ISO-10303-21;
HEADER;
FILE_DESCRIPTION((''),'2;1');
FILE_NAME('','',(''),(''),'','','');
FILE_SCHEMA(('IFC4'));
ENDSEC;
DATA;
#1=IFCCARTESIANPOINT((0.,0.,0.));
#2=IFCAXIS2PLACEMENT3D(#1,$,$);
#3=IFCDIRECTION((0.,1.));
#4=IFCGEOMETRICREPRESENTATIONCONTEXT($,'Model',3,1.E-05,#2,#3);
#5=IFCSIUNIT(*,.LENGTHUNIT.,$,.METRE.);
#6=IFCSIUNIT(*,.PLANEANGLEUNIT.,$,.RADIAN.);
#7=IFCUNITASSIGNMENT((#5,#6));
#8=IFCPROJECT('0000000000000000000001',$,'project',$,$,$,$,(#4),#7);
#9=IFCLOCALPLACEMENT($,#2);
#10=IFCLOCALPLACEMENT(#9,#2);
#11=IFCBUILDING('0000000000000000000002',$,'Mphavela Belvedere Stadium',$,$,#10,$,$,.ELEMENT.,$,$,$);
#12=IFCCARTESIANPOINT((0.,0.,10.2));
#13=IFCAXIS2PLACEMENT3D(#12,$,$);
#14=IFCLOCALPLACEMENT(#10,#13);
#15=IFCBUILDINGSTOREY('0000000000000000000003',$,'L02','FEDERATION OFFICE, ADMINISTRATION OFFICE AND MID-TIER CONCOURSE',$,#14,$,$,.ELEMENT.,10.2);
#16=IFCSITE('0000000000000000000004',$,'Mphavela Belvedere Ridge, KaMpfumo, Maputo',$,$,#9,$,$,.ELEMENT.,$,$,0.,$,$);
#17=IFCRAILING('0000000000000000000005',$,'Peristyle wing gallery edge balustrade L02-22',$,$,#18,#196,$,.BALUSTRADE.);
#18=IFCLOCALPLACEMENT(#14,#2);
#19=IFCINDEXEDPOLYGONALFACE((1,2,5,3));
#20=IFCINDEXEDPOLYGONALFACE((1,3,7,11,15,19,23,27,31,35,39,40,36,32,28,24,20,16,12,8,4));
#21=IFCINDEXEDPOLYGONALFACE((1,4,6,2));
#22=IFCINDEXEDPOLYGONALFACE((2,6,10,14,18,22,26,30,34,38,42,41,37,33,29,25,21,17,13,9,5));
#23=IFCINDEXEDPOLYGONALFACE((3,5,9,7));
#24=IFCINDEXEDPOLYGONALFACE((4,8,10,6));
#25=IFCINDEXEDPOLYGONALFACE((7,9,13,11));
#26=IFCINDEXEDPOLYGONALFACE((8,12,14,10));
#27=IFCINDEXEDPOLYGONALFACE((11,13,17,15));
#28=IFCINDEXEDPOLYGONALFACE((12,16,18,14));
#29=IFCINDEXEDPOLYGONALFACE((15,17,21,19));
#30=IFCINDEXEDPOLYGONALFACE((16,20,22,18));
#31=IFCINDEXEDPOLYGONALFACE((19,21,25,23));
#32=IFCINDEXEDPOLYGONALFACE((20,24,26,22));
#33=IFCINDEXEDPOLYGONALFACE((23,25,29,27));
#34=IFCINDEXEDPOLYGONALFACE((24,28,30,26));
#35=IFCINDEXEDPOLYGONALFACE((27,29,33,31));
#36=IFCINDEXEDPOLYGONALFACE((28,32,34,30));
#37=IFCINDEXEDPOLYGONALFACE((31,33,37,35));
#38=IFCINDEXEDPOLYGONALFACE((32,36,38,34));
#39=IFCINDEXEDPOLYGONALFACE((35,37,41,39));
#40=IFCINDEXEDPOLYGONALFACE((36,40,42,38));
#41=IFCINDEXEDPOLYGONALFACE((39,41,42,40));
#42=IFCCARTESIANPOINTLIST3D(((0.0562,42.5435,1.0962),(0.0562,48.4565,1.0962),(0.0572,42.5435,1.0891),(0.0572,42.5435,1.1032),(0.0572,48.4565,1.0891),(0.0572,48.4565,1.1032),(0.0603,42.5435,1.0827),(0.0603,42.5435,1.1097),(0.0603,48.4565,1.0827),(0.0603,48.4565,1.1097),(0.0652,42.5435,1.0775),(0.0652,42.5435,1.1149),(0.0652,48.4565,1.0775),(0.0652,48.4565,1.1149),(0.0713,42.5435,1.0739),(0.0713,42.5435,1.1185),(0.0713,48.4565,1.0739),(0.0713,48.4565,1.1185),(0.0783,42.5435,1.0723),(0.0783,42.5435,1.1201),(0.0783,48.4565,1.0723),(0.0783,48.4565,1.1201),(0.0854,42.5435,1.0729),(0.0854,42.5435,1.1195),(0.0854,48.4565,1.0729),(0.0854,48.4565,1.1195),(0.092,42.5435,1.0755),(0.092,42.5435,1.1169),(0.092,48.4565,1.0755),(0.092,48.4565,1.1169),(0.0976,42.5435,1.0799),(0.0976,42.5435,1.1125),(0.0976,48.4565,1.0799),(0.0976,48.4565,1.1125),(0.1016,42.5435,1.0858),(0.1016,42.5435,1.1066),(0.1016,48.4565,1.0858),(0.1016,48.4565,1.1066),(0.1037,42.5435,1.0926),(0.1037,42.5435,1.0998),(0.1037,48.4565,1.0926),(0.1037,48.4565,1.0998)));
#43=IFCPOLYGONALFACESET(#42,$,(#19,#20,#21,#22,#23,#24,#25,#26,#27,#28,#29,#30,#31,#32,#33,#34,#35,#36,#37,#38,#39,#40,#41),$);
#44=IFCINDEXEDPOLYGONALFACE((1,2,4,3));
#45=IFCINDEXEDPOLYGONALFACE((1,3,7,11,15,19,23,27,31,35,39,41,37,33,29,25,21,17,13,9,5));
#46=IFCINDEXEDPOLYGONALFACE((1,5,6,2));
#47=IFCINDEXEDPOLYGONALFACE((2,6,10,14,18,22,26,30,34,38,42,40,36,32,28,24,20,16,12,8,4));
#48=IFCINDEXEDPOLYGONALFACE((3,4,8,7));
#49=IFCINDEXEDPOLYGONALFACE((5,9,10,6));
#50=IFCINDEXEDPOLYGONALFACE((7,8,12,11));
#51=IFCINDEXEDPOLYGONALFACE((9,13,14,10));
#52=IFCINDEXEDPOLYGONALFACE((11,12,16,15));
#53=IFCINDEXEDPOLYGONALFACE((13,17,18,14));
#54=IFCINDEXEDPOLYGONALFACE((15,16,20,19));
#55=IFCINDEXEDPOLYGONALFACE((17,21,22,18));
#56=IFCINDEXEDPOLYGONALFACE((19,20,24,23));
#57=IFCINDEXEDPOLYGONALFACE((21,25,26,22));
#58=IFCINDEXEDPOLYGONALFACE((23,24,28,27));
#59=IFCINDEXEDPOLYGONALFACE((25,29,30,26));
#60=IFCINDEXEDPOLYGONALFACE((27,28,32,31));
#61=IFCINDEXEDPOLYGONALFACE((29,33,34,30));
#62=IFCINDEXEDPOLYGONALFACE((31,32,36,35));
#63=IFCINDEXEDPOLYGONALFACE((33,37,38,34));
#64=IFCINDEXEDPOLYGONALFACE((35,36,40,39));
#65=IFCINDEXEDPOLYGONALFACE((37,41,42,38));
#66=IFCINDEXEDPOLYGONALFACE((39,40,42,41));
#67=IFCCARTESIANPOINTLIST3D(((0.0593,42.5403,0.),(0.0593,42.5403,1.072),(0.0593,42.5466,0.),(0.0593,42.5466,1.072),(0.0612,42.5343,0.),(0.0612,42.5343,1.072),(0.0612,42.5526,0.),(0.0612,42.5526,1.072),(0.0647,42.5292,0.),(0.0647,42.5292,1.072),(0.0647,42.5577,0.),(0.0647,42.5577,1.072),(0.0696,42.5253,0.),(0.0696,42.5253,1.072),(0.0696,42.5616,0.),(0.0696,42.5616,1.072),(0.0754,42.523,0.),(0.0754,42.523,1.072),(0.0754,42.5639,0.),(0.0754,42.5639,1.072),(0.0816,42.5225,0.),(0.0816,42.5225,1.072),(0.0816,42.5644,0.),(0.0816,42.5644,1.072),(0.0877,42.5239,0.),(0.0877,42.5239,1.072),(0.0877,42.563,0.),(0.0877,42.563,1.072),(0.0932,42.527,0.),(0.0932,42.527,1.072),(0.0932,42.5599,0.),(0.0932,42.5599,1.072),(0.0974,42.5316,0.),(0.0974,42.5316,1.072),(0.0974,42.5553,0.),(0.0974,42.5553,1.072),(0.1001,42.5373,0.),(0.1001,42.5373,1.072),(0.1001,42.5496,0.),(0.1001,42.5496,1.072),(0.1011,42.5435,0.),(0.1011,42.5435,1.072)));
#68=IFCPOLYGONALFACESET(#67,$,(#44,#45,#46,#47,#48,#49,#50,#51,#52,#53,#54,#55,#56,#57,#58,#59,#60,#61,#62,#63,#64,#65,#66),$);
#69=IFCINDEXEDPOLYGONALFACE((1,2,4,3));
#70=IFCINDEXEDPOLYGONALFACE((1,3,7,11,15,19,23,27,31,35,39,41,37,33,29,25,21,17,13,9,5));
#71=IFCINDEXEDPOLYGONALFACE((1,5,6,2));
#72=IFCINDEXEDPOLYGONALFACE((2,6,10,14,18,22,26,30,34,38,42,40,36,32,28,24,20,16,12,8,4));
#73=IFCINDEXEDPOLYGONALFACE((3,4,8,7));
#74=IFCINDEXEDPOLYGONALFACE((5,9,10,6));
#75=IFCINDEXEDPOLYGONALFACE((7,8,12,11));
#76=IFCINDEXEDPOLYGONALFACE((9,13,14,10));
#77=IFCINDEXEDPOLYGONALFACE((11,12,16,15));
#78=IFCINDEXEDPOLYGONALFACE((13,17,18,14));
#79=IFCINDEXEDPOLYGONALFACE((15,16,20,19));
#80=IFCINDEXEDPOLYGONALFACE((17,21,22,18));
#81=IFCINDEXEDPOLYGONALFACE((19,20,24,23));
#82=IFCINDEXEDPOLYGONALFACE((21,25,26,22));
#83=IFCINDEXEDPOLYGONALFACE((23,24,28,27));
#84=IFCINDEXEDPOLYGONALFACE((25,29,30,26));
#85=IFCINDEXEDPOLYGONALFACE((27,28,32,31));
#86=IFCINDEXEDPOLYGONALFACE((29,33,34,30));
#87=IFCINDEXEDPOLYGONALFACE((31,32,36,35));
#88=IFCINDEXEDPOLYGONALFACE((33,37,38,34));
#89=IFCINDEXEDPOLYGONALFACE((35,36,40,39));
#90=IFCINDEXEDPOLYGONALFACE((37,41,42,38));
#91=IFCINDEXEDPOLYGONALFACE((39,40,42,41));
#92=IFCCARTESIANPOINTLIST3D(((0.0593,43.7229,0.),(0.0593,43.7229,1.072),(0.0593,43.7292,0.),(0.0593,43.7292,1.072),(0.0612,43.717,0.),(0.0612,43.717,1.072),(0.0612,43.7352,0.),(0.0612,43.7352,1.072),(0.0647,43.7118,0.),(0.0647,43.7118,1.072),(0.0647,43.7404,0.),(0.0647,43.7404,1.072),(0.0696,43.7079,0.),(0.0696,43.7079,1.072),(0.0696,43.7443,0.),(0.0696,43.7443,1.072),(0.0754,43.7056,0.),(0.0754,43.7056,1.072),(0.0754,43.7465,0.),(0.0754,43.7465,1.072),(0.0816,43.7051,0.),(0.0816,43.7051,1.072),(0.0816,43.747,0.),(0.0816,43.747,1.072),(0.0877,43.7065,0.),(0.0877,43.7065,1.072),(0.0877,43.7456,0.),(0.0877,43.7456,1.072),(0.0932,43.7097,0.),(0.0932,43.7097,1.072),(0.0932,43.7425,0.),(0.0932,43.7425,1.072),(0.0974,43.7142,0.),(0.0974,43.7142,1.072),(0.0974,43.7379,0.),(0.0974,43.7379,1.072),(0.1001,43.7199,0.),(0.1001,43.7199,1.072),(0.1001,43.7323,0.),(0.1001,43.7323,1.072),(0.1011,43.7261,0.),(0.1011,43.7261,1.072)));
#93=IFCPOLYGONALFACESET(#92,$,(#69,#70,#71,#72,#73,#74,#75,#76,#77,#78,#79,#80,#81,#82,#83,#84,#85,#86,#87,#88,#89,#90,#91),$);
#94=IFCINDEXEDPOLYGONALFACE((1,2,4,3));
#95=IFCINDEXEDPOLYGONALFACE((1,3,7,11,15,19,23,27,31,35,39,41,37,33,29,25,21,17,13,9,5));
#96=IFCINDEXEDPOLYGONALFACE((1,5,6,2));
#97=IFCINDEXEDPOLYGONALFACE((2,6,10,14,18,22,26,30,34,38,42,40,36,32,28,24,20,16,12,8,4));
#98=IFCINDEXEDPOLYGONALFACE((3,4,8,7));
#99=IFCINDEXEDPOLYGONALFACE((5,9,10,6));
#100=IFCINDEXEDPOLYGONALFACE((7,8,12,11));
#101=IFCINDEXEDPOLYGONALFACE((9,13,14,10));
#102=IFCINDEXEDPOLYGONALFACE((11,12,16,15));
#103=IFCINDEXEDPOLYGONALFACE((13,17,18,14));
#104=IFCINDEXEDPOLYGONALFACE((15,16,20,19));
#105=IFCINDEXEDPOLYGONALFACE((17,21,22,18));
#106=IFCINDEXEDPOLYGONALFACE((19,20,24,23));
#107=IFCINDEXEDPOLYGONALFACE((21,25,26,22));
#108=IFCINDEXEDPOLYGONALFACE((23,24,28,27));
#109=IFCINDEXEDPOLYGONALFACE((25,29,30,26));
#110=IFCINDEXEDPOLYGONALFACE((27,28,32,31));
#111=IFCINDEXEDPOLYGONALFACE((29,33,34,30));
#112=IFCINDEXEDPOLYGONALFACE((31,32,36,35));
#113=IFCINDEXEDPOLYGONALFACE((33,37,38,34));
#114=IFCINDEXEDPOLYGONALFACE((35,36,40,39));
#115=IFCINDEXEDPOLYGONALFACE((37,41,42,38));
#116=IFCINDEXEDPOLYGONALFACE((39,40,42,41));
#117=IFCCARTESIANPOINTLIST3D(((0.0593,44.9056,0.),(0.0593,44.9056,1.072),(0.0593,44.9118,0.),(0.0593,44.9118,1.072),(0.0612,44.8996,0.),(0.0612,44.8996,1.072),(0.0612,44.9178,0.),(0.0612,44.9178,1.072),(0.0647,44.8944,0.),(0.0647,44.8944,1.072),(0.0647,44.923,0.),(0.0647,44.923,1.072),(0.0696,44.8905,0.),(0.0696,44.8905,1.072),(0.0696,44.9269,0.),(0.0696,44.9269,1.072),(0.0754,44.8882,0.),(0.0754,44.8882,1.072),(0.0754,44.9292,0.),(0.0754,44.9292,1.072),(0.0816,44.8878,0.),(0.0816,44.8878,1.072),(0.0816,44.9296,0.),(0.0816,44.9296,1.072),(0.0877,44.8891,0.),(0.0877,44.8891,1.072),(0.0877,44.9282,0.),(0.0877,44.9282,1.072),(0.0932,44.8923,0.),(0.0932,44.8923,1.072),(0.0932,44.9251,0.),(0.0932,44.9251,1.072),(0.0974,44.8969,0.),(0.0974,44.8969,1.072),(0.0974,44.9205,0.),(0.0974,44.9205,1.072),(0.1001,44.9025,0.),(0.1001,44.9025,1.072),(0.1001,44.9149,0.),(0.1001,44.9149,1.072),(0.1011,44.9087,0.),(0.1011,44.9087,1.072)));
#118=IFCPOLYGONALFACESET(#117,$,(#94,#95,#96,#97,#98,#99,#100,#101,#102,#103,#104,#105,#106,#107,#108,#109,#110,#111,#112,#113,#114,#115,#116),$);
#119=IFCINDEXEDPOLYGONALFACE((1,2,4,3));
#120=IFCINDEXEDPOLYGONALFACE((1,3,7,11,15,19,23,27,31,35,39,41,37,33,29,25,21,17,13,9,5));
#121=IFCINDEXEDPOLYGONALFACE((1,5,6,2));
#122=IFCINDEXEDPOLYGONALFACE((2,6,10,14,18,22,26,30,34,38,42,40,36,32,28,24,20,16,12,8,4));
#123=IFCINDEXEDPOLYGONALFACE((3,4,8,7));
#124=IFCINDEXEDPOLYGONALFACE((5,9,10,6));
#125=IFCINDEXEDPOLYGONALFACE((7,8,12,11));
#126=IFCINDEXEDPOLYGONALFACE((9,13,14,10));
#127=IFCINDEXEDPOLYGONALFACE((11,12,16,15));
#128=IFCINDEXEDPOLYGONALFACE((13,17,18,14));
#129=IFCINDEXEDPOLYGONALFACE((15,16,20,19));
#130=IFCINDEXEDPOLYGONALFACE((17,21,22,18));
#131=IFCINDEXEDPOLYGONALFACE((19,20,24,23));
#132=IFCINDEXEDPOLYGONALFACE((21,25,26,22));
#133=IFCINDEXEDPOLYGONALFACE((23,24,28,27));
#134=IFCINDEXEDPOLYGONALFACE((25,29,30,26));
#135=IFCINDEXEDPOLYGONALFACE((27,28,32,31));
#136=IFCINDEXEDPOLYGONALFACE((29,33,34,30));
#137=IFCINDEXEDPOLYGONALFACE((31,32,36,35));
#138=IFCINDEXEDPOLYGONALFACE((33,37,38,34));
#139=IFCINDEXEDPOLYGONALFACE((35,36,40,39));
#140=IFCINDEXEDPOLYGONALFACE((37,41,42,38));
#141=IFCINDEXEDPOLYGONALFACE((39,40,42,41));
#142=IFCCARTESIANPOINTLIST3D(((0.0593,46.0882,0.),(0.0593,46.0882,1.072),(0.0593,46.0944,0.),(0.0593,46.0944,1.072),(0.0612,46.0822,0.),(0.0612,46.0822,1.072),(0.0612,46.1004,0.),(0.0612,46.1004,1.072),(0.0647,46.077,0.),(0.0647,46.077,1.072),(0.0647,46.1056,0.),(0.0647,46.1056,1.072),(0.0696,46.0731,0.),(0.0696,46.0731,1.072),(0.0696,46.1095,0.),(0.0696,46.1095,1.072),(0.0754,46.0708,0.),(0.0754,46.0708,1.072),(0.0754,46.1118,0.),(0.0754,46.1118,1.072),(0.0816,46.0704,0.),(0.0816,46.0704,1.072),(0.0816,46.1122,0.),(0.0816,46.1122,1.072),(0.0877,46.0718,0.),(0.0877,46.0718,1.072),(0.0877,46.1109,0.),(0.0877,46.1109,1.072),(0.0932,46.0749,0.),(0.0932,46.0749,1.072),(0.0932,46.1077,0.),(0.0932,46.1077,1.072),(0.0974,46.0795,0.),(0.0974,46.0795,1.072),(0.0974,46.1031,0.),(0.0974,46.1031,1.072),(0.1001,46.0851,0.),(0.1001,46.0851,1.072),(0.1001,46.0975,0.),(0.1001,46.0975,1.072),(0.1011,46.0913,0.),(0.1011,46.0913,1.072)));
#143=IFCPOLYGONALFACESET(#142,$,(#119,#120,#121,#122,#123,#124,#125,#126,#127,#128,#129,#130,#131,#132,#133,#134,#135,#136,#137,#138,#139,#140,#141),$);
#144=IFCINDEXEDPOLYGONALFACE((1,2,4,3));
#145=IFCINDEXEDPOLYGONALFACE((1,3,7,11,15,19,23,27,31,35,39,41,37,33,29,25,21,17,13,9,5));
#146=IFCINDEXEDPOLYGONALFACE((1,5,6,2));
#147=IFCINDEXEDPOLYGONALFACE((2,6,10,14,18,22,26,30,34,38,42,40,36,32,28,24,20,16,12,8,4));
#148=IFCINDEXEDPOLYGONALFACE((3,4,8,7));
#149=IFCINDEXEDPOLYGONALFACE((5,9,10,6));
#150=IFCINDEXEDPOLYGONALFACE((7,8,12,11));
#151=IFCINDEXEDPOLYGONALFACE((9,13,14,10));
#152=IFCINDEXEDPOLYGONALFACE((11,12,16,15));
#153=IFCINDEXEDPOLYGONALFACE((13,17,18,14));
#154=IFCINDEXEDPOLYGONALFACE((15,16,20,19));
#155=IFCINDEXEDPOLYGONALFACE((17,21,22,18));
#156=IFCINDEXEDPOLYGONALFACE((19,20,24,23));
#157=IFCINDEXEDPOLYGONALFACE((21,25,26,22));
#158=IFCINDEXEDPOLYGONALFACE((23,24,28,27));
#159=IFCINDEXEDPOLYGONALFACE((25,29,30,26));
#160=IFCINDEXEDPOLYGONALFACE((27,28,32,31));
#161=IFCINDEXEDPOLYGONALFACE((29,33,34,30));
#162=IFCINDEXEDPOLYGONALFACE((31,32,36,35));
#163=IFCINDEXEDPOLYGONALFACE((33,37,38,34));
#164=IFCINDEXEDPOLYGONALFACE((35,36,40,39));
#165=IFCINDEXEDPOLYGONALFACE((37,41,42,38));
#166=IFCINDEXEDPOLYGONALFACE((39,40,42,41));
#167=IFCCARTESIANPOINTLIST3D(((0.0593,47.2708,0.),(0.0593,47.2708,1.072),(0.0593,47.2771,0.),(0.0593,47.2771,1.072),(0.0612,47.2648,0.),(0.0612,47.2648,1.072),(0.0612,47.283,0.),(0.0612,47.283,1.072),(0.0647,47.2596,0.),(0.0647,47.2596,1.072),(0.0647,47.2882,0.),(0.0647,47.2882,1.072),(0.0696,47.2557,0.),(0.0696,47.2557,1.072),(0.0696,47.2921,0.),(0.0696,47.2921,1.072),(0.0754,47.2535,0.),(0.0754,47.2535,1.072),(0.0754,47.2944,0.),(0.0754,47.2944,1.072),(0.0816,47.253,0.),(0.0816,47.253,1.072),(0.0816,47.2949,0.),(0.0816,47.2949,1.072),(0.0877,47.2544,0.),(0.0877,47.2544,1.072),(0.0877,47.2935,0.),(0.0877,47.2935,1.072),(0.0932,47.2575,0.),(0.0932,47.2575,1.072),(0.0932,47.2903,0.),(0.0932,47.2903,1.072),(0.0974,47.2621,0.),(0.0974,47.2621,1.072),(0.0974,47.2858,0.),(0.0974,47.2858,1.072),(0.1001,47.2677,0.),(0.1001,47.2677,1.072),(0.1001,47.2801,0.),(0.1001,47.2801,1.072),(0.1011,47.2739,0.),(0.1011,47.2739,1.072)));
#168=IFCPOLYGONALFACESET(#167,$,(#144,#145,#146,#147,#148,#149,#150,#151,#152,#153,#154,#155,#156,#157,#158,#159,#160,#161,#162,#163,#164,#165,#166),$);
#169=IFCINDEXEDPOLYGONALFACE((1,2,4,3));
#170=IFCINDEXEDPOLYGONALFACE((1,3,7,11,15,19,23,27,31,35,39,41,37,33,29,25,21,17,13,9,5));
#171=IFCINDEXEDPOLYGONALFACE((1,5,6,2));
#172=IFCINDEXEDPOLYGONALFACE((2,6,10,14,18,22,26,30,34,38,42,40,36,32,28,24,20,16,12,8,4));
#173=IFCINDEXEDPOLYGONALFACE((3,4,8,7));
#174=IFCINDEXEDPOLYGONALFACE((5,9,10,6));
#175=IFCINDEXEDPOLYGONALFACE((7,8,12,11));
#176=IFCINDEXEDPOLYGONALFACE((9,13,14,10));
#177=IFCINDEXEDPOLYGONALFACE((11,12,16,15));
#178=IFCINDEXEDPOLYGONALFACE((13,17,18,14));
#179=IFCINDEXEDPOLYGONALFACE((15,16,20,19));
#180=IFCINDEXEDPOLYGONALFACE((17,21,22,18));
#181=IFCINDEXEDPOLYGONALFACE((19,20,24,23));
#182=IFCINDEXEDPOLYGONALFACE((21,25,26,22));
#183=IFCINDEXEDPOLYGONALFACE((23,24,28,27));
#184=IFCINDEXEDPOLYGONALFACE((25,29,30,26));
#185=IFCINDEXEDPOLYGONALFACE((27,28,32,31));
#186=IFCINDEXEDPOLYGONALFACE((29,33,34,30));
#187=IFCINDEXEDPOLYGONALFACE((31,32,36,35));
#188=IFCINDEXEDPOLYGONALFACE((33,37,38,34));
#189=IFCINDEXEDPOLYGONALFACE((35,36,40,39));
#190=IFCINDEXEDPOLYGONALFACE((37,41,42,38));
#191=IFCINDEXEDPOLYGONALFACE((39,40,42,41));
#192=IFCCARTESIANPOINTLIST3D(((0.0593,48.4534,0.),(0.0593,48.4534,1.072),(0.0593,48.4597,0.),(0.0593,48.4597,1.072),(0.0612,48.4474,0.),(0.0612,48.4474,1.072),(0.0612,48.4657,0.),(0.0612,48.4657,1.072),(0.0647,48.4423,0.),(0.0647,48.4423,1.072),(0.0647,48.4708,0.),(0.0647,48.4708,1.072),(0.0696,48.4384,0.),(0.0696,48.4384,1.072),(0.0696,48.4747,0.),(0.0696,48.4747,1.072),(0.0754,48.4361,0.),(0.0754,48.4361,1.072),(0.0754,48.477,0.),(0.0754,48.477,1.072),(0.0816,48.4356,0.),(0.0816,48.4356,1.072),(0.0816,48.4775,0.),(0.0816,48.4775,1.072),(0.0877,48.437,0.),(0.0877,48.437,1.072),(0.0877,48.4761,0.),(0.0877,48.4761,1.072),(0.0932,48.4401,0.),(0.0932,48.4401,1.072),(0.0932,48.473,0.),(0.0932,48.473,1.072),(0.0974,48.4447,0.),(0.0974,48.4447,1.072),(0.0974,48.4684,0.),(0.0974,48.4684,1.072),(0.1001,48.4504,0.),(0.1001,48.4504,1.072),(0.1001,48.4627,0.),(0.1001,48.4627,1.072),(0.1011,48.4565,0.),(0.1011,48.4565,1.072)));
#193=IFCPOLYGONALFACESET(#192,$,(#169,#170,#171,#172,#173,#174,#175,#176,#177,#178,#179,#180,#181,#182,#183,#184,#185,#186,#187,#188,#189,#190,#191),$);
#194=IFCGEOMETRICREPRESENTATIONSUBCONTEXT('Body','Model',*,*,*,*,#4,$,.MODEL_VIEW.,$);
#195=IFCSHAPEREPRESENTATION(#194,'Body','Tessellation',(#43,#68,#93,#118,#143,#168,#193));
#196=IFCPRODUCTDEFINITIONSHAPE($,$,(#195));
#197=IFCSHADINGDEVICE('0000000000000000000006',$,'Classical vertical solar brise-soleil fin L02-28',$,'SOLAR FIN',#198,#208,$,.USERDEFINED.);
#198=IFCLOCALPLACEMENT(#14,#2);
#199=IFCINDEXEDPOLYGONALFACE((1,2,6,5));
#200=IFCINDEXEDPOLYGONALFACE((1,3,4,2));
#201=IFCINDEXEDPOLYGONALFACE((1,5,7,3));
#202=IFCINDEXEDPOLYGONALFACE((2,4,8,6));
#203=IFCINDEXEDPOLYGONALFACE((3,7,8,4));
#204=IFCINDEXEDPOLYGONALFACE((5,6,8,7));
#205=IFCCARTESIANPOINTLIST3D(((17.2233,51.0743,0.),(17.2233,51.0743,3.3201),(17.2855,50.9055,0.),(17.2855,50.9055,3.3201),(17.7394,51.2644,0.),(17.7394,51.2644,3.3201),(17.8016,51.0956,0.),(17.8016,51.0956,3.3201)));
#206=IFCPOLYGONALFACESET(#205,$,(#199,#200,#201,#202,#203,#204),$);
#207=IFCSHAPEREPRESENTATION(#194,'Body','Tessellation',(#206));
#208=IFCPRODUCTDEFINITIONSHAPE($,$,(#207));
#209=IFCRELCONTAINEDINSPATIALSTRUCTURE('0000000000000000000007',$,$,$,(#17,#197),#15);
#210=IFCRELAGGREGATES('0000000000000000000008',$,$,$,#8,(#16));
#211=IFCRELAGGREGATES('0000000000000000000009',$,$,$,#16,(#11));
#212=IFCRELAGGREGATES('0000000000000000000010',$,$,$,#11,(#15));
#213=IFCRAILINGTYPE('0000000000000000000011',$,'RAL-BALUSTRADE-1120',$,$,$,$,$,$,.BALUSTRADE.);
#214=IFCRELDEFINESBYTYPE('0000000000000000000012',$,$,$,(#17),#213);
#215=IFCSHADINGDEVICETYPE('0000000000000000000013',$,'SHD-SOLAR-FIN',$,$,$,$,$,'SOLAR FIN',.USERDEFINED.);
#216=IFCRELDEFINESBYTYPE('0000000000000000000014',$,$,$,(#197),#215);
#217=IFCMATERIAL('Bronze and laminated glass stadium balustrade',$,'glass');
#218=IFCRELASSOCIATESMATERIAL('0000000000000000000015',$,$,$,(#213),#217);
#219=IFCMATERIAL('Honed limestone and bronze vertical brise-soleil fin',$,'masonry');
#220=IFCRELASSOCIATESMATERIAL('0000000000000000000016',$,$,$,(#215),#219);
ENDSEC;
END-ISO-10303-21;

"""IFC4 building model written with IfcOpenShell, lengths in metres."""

from ifc_helpers import new_model, si_unit, direction, frame, origin, origin_2d, place, context, subcontext, project, spatial, rectangle, circle, extrude, material, type_object, element, save


model = new_model("IFC4")

# Units and contexts
model_context = context("Model", 3, precision=1e-05, world=origin(), true_north=direction((0.0, 1.0)))
body_context = subcontext(model_context, "Body", "Model", "MODEL_VIEW")
ifc_project = project(units=[si_unit("LENGTHUNIT", "METRE"), si_unit("PLANEANGLEUNIT", "RADIAN")], contexts=[model_context])

# Site, building, storey
site_placement = place(None, origin())
site = spatial("IfcSite", under=ifc_project, at=site_placement, Name="Mphavela Belvedere Ridge, KaMpfumo, Maputo", CompositionType="ELEMENT", RefElevation=0.0)
building_placement = place(site_placement, origin())
building = spatial("IfcBuilding", under=site, at=building_placement, Name="Mphavela Belvedere Stadium", CompositionType="ELEMENT")
storey_placement = place(building_placement, frame((0.0, 0.0, 10.2)))
storey = spatial("IfcBuildingStorey", under=building, at=storey_placement, Name="L02", Description="FEDERATION OFFICE, ADMINISTRATION OFFICE AND MID-TIER CONCOURSE", CompositionType="ELEMENT", Elevation=10.2)

# Railing
ifc_material_1 = material(Name="Bronze and laminated glass stadium balustrade", Category="glass")
railing_type = type_object("IfcRailingType", Name="RAL-BALUSTRADE-1120", PredefinedType="BALUSTRADE", material=ifc_material_1)
railing_1_placement = place(storey_placement, frame((0.0801, 42.5435, 0.0)))
element("IfcRailing", 1, at=railing_1_placement, inside=storey, type_object=railing_type, Name="Peristyle wing gallery edge balustrade L02-22", PredefinedType="BALUSTRADE", context=body_context, shape_type="SweptSolid", body=[
    extrude(circle(Radius=0.0239, at=origin_2d()), frame((0.0, 0.0, 1.0962), z_axis=(0.0, 1.0, 0.0), x_axis=(-1.0, 0.0, 0.0)), (0.0, 0.0, 1.0), 5.9131),
    extrude(circle(Radius=0.021, at=origin_2d()), origin(), (0.0, 0.0, 1.0), 1.072),
    extrude(circle(Radius=0.021, at=origin_2d()), frame((0.0, 1.1826, 0.0)), (0.0, 0.0, 1.0), 1.072),
    extrude(circle(Radius=0.021, at=origin_2d()), frame((0.0, 2.3652, 0.0)), (0.0, 0.0, 1.0), 1.072),
    extrude(circle(Radius=0.021, at=origin_2d()), frame((0.0, 3.5479, 0.0)), (0.0, 0.0, 1.0), 1.072),
    extrude(circle(Radius=0.021, at=origin_2d()), frame((0.0, 4.7305, 0.0)), (0.0, 0.0, 1.0), 1.072),
    extrude(circle(Radius=0.021, at=origin_2d()), frame((0.0, 5.9131, 0.0)), (0.0, 0.0, 1.0), 1.072),
])

# Shading device
ifc_material_2 = material(Name="Honed limestone and bronze vertical brise-soleil fin", Category="masonry")
shading_device_type = type_object("IfcShadingDeviceType", Name="SHD-SOLAR-FIN", ElementType="SOLAR FIN", PredefinedType="USERDEFINED", material=ifc_material_2)
shading_device_placement = place(storey_placement, frame((17.5125, 51.085, 0.0), z_axis=(0.0, 0.0, 1.0), x_axis=(-0.938372, -0.345626, 0.0)))
element("IfcShadingDevice", 2, at=shading_device_placement, inside=storey, type_object=shading_device_type, Name="Classical vertical solar brise-soleil fin L02-28", ObjectType="SOLAR FIN", PredefinedType="USERDEFINED", context=body_context, shape_type="SweptSolid", body=[
    extrude(rectangle(XDim=0.55, YDim=0.1799, at=origin_2d()), origin(), (0.0, 0.0, 1.0), 3.3201),
])

save(model, "model.ifc")
